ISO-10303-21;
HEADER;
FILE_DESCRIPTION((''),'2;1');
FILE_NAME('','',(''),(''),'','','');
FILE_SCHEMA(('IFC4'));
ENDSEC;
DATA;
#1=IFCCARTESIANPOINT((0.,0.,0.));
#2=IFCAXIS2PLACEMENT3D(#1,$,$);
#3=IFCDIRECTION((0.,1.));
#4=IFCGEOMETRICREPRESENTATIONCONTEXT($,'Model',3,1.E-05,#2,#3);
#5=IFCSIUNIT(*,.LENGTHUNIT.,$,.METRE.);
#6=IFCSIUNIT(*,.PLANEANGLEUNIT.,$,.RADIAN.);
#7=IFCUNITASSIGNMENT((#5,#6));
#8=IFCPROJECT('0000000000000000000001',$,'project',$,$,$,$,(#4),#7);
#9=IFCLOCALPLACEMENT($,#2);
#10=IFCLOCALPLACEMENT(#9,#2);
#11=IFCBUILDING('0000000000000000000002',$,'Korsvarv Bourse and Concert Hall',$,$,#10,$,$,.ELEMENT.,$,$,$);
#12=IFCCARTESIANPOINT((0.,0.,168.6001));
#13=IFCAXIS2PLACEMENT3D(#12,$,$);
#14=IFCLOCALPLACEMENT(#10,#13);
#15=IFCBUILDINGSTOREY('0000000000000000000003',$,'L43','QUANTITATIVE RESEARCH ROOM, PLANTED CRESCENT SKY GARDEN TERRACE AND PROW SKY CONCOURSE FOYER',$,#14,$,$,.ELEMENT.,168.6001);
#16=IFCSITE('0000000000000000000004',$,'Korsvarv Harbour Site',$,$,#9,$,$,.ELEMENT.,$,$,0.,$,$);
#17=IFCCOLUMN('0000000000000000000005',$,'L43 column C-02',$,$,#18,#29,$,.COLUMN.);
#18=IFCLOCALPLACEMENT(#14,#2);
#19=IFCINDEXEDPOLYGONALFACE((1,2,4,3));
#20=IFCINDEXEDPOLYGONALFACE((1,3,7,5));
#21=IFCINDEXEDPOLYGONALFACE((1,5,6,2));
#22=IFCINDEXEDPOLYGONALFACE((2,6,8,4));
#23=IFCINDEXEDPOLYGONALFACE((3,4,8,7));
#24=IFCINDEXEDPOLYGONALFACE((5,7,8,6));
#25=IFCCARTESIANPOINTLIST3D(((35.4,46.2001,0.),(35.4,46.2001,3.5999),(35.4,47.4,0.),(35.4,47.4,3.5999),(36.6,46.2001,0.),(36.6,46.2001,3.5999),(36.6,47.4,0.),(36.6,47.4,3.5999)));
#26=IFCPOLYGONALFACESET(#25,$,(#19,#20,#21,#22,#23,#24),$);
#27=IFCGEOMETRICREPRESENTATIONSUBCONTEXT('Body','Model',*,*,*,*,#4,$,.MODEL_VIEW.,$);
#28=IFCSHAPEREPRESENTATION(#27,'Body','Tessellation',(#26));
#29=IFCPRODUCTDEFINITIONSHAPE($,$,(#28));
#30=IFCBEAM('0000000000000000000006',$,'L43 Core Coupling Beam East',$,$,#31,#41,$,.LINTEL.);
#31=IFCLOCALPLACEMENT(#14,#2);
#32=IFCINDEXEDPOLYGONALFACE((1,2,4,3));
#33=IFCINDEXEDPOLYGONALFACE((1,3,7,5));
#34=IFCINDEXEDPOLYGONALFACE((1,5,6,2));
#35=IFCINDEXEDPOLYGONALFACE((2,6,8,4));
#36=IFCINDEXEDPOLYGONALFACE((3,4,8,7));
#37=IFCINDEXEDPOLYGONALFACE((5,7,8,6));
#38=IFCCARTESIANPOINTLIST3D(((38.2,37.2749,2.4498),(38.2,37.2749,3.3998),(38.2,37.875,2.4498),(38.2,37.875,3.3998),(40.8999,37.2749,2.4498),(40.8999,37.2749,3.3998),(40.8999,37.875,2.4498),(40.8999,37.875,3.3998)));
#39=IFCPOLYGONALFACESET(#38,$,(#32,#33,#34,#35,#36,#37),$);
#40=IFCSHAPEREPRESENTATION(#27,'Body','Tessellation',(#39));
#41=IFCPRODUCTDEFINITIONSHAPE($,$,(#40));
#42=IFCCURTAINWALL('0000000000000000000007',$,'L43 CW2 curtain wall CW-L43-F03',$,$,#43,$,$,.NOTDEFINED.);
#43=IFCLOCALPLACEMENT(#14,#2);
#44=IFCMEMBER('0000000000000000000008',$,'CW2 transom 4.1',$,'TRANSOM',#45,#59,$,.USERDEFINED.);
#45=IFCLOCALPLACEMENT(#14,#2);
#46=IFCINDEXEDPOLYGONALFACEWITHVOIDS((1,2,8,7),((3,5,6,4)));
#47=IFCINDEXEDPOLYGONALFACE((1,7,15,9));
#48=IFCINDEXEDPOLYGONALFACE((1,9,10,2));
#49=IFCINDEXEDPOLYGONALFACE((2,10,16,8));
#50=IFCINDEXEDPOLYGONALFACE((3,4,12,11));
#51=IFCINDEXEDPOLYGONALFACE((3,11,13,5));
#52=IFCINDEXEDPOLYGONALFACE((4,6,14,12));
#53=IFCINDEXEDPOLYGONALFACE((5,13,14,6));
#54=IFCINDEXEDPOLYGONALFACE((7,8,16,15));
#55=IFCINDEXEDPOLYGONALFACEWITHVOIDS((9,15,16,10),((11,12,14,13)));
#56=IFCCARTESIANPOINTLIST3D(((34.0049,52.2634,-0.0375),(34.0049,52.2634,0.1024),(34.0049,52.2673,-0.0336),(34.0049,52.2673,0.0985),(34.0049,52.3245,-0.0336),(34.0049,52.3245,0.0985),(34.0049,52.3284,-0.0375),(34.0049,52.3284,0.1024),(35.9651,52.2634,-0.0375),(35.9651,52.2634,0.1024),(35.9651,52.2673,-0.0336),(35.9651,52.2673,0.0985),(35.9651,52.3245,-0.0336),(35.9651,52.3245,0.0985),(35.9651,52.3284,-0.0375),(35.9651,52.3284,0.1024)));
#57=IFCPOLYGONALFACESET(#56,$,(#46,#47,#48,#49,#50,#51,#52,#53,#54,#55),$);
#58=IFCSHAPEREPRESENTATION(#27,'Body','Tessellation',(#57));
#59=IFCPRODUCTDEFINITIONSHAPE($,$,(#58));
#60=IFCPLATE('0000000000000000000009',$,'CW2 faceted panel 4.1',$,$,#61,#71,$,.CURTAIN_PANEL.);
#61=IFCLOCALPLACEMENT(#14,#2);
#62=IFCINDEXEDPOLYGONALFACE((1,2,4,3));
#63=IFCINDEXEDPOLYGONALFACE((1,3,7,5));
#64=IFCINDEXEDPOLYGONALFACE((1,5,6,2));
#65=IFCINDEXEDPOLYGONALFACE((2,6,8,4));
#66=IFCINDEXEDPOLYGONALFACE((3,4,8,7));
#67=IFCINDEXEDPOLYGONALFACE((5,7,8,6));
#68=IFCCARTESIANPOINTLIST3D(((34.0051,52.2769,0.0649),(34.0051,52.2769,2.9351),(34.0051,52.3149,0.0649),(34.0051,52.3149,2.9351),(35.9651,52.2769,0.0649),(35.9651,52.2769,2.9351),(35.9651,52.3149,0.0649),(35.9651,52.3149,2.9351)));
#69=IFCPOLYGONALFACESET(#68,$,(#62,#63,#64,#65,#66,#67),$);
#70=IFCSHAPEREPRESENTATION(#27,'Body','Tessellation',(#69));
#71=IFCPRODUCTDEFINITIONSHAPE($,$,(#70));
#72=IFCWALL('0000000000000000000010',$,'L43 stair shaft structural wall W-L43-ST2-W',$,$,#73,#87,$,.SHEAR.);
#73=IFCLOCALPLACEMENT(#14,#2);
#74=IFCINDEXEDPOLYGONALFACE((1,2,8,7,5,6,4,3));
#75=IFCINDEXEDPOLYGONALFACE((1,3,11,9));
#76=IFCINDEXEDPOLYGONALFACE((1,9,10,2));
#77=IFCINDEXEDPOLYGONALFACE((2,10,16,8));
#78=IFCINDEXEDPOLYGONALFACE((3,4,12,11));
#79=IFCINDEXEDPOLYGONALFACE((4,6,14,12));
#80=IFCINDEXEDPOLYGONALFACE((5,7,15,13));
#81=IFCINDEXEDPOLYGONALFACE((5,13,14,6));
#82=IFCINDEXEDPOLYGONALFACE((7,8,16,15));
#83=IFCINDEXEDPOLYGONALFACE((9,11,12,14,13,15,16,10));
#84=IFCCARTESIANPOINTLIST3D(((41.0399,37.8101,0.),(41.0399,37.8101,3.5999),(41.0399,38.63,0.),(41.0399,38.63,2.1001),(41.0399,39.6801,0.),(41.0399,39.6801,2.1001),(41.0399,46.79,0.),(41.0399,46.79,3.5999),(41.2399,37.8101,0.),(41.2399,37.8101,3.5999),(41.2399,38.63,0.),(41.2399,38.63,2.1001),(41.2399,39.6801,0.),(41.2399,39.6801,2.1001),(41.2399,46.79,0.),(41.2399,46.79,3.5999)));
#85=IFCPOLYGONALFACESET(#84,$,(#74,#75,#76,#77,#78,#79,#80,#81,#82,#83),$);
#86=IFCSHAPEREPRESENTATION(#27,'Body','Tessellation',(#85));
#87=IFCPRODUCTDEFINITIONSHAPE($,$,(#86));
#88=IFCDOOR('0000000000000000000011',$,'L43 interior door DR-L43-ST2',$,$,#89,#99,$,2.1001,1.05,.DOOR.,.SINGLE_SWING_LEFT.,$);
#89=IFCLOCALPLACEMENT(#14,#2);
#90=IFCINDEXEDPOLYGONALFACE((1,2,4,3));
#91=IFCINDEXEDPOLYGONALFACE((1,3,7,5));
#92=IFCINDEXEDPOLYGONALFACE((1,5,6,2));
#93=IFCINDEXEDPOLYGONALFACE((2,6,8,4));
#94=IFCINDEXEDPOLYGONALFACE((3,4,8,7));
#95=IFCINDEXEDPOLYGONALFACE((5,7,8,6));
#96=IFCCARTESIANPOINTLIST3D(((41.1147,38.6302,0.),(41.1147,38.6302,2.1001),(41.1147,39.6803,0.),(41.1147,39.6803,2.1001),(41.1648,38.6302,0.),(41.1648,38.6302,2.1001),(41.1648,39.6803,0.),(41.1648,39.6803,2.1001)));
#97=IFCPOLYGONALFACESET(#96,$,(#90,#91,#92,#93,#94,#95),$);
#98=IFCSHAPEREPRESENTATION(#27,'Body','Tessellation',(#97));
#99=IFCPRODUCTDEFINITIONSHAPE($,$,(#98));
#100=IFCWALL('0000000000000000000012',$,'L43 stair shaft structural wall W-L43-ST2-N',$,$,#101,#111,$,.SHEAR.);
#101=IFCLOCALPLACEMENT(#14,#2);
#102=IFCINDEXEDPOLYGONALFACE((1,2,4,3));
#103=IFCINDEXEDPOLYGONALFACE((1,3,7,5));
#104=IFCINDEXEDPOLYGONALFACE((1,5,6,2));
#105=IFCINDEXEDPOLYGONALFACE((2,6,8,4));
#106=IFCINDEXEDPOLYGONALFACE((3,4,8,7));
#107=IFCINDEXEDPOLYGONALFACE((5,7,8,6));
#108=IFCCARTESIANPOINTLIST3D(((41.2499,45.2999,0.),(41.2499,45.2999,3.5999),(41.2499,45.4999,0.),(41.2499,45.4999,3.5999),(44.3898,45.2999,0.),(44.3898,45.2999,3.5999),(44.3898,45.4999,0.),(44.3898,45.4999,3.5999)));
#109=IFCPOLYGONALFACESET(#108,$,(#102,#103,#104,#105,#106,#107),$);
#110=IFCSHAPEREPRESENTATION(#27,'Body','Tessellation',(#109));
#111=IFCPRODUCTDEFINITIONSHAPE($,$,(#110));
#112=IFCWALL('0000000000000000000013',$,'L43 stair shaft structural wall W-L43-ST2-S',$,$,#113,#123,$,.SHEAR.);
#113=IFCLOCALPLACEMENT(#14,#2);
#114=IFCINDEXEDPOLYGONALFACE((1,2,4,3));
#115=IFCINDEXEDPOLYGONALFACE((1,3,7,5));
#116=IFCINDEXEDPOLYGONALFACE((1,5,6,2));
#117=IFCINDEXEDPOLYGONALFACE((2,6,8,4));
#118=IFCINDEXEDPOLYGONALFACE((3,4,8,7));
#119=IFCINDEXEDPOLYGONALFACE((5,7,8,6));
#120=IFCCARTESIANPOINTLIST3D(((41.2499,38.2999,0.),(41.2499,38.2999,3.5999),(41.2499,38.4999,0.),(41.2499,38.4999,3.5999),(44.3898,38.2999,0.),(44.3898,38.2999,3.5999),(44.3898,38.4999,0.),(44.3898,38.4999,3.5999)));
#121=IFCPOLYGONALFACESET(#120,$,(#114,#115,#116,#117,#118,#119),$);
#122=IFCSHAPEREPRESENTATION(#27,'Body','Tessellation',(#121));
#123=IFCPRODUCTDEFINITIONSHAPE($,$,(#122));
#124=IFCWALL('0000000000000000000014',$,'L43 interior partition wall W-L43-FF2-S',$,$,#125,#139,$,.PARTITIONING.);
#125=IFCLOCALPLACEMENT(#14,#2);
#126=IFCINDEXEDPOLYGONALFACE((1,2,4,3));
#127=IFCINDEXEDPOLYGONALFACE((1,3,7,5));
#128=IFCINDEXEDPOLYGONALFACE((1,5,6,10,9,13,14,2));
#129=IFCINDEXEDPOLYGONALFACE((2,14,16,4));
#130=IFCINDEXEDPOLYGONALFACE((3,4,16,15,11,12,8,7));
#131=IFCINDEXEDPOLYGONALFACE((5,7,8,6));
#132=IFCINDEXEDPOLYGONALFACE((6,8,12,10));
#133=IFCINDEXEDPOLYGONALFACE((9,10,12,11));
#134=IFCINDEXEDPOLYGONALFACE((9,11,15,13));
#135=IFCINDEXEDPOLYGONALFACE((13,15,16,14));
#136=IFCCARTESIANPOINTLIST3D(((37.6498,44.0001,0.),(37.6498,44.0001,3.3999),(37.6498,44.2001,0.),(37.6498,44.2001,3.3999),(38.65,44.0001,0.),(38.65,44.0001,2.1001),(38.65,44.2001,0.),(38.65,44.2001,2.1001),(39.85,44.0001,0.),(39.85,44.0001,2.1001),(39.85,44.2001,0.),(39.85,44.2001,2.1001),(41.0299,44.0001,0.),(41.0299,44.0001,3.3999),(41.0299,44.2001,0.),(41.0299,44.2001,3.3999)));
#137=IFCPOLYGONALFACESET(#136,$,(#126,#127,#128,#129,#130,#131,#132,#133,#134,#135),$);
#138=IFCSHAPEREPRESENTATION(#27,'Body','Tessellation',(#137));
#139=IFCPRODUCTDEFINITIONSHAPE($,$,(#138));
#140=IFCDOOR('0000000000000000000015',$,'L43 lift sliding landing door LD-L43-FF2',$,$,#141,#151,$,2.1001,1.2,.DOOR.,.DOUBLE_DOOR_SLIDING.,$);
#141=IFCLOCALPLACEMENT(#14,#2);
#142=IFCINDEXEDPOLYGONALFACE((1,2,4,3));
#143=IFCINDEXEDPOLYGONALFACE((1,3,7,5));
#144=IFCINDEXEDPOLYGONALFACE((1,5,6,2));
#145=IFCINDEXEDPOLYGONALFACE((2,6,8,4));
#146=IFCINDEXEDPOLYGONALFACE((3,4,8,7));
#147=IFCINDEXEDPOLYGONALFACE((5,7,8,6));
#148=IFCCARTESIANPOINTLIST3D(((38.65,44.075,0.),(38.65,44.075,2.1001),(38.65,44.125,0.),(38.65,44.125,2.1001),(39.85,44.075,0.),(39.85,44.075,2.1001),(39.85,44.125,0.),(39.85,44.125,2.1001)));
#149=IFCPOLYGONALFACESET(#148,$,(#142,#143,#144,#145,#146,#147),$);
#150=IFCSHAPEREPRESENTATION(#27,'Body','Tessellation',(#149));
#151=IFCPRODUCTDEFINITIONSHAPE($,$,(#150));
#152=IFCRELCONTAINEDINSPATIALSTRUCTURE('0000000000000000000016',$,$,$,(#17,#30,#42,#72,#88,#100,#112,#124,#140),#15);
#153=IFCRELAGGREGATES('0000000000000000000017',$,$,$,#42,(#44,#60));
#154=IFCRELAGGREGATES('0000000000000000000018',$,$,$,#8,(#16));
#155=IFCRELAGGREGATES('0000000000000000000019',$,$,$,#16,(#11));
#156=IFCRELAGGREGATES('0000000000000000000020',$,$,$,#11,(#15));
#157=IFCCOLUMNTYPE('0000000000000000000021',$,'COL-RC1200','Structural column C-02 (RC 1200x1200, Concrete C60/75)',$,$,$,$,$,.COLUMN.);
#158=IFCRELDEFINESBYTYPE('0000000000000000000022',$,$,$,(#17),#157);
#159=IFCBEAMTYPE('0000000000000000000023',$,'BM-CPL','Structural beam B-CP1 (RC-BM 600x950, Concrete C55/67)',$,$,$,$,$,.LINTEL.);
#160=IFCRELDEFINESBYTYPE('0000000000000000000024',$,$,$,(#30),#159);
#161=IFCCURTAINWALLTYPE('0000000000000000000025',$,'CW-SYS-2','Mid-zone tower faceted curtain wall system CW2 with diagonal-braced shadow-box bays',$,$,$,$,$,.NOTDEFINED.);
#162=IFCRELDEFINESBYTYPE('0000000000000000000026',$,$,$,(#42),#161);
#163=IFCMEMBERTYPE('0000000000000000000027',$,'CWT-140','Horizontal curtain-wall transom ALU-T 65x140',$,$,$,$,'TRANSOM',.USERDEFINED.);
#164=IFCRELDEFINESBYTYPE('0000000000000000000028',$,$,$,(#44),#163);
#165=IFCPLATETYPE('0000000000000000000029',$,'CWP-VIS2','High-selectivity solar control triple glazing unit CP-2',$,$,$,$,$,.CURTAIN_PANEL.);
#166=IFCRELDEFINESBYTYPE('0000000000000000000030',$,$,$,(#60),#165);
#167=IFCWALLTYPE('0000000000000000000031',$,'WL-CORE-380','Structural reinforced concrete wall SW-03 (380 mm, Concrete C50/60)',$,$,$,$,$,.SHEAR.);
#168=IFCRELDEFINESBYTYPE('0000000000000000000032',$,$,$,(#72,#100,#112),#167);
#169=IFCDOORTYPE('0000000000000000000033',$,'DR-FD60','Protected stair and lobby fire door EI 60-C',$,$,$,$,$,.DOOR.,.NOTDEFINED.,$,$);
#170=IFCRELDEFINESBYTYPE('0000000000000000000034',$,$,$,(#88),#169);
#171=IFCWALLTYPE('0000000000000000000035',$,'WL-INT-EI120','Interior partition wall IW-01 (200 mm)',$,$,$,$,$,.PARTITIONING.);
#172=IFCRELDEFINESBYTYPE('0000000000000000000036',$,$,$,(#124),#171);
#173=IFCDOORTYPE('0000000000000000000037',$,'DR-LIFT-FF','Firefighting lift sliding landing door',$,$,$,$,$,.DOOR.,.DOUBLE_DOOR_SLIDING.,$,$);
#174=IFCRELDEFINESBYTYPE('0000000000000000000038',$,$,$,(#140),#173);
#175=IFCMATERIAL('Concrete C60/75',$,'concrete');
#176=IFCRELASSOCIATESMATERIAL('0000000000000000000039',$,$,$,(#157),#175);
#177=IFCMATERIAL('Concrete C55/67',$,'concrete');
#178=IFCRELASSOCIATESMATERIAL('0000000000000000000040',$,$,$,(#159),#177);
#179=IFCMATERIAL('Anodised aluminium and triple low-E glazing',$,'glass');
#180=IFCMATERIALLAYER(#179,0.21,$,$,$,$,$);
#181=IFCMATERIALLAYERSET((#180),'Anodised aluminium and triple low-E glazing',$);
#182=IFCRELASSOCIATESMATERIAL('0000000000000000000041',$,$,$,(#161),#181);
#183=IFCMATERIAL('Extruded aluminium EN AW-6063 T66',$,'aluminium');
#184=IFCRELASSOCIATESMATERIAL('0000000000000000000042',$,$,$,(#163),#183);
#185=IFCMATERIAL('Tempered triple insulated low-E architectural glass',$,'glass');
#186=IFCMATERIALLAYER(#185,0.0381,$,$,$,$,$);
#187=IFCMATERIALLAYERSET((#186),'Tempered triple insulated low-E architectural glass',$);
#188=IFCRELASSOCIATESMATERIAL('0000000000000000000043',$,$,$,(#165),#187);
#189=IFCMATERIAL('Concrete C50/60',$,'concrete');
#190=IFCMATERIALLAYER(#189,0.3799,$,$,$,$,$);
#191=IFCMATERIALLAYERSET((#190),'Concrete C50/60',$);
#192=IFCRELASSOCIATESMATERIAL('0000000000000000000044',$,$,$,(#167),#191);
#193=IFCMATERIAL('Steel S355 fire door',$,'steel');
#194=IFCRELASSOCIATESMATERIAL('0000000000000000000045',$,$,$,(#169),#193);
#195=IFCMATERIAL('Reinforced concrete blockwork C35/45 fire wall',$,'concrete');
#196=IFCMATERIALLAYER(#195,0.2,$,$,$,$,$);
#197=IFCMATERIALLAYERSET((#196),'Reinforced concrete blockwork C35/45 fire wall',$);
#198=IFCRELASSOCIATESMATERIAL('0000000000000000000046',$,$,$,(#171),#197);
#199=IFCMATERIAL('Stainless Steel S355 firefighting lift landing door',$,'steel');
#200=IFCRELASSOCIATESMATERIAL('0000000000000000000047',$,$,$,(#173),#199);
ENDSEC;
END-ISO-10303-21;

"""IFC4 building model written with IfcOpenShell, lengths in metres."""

from ifc_helpers import new_model, si_unit, direction, frame, frame_2d, origin, origin_2d, place, context, subcontext, project, spatial, rectangle, hollow_rectangle, extrude, source, transform, mapped, material, layer, layer_set, material_profile, profile_set, type_object, element, fill, aggregate, save


model = new_model("IFC4")

# Units and contexts
model_context = context("Model", 3, precision=1e-05, world=origin(), true_north=direction((0.0, 1.0)))
body_context = subcontext(model_context, "Body", "Model", "MODEL_VIEW")
ifc_project = project(units=[si_unit("LENGTHUNIT", "METRE"), si_unit("PLANEANGLEUNIT", "RADIAN")], contexts=[model_context])

# Site, building, storey
site_placement = place(None, origin())
site = spatial("IfcSite", under=ifc_project, at=site_placement, Name="Korsvarv Harbour Site", CompositionType="ELEMENT", RefElevation=0.0)
building_placement = place(site_placement, origin())
building = spatial("IfcBuilding", under=site, at=building_placement, Name="Korsvarv Bourse and Concert Hall", CompositionType="ELEMENT")
storey_placement = place(building_placement, frame((0.0, 0.0, 168.6001)))
storey = spatial("IfcBuildingStorey", under=building, at=storey_placement, Name="L43", Description="QUANTITATIVE RESEARCH ROOM, PLANTED CRESCENT SKY GARDEN TERRACE AND PROW SKY CONCOURSE FOYER", CompositionType="ELEMENT", Elevation=168.6001)

# Column
ifc_material_1 = material(Name="Concrete C60/75", Category="concrete")
ifc_material_profile_1 = material_profile(ifc_material_1, rectangle(XDim=1.2, YDim=1.2, at=origin_2d()), Name="RC 1200x1200")
ifc_profile_set_1 = profile_set([ifc_material_profile_1], Name="Concrete C60/75")
column_type = type_object("IfcColumnType", Name="COL-RC1200", Description="Structural column C-02 (RC 1200x1200, Concrete C60/75)", PredefinedType="COLUMN", material=ifc_profile_set_1)
shared_shape_1 = source(origin(), body_context, "Body", "SweptSolid", [
    extrude(rectangle(XDim=1.2, YDim=1.2, at=origin_2d()), origin(), (0.0, 0.0, 1.0), 3.5999),
])
column_placement = place(storey_placement, frame((36.0, 46.8, 0.0), z_axis=(0.0, 0.0, 1.0), x_axis=(1.0, 0.0, 0.0)))
element("IfcColumn", 1, at=column_placement, inside=storey, type_object=column_type, Name="L43 column C-02", PredefinedType="COLUMN", context=body_context, shape_type="MappedRepresentation", body=[
    mapped(shared_shape_1, transform((0.0, 0.0, 0.0), scale=1.0)),
])

# Beam
ifc_material_2 = material(Name="Concrete C55/67", Category="concrete")
ifc_material_profile_2 = material_profile(ifc_material_2, rectangle(XDim=0.6001, YDim=0.95, at=origin_2d()), Name="RC-BM 600x950")
ifc_profile_set_2 = profile_set([ifc_material_profile_2], Name="Concrete C55/67")
beam_type = type_object("IfcBeamType", Name="BM-CPL", Description="Structural beam B-CP1 (RC-BM 600x950, Concrete C55/67)", PredefinedType="LINTEL", material=ifc_profile_set_2)
shared_shape_2 = source(origin(), body_context, "Body", "SweptSolid", [
    extrude(rectangle(XDim=0.6001, YDim=0.95, at=origin_2d()), origin(), (0.0, 0.0, 1.0), 2.7),
])
beam_placement = place(storey_placement, frame((38.2, 37.575, 2.9248), z_axis=(1.0, 0.0, 0.0), x_axis=(0.0, 1.0, 0.0)))
element("IfcBeam", 2, at=beam_placement, inside=storey, type_object=beam_type, Name="L43 Core Coupling Beam East", PredefinedType="LINTEL", context=body_context, shape_type="MappedRepresentation", body=[
    mapped(shared_shape_2, transform((0.0, 0.0, 0.0), scale=1.0)),
])

# Curtain wall, member, plate
ifc_material_3 = material(Name="Anodised aluminium and triple low-E glazing", Category="glass")
ifc_layer_1 = layer(ifc_material_3, 0.21)
ifc_layer_set_1 = layer_set([ifc_layer_1], Name="Anodised aluminium and triple low-E glazing")
curtain_wall_type = type_object("IfcCurtainWallType", Name="CW-SYS-2", Description="Mid-zone tower faceted curtain wall system CW2 with diagonal-braced shadow-box bays", PredefinedType="NOTDEFINED", material=ifc_layer_set_1)
curtain_wall_placement = place(storey_placement, origin())
curtain_wall = element("IfcCurtainWall", 3, at=curtain_wall_placement, inside=storey, type_object=curtain_wall_type, Name="L43 CW2 curtain wall CW-L43-F03", PredefinedType="NOTDEFINED")
ifc_material_4 = material(Name="Extruded aluminium EN AW-6063 T66", Category="aluminium")
ifc_material_profile_3 = material_profile(ifc_material_4, hollow_rectangle(XDim=0.0649, YDim=0.1399, WallThickness=0.0039, at=origin_2d()), Name="ALU-T 65x140")
ifc_profile_set_3 = profile_set([ifc_material_profile_3], Name="Extruded aluminium EN AW-6063 T66")
member_type = type_object("IfcMemberType", Name="CWT-140", Description="Horizontal curtain-wall transom ALU-T 65x140", ElementType="TRANSOM", PredefinedType="USERDEFINED", material=ifc_profile_set_3)
shared_shape_3 = source(origin(), body_context, "Body", "SweptSolid", [
    extrude(hollow_rectangle(XDim=0.0649, YDim=0.1399, WallThickness=0.0039, at=origin_2d()), origin(), (0.0, 0.0, 1.0), 1.9602),
])
member_placement = place(storey_placement, frame((35.9651, 52.2959, 0.0325), z_axis=(-1.0, 0.0, 0.0), x_axis=(0.0, -1.0, 0.0)))
member = element("IfcMember", 4, at=member_placement, type_object=member_type, Name="CW2 transom 4.1", ObjectType="TRANSOM", PredefinedType="USERDEFINED", context=body_context, shape_type="MappedRepresentation", body=[
    mapped(shared_shape_3, transform((0.0, 0.0, 0.0), scale=1.0)),
])
ifc_material_5 = material(Name="Tempered triple insulated low-E architectural glass", Category="glass")
ifc_layer_2 = layer(ifc_material_5, 0.0381)
ifc_layer_set_2 = layer_set([ifc_layer_2], Name="Tempered triple insulated low-E architectural glass")
plate_type = type_object("IfcPlateType", Name="CWP-VIS2", Description="High-selectivity solar control triple glazing unit CP-2", PredefinedType="CURTAIN_PANEL", material=ifc_layer_set_2)
shared_shape_4 = source(origin(), body_context, "Body", "SweptSolid", [
    extrude(rectangle(XDim=1.96, YDim=0.0381, at=origin_2d()), origin(), (0.0, 0.0, 1.0), 2.8701),
])
plate_placement = place(storey_placement, frame((34.9851, 52.2959, 0.0649), z_axis=(0.0, 0.0, 1.0), x_axis=(-1.0, 0.0, 0.0)))
plate = element("IfcPlate", 5, at=plate_placement, type_object=plate_type, Name="CW2 faceted panel 4.1", PredefinedType="CURTAIN_PANEL", context=body_context, shape_type="MappedRepresentation", body=[
    mapped(shared_shape_4, transform((0.0, 0.0, 0.0), scale=1.0)),
])
aggregate(curtain_wall, [member, plate])

# Wall, opening, door
ifc_material_6 = material(Name="Concrete C50/60", Category="concrete")
ifc_layer_3 = layer(ifc_material_6, 0.3799)
ifc_layer_set_3 = layer_set([ifc_layer_3], Name="Concrete C50/60")
wall_type_1 = type_object("IfcWallType", Name="WL-CORE-380", Description="Structural reinforced concrete wall SW-03 (380 mm, Concrete C50/60)", PredefinedType="SHEAR", material=ifc_layer_set_3)
wall_1_placement = place(storey_placement, frame((41.1399, 37.8101, 0.0), z_axis=(0.0, 0.0, 1.0), x_axis=(0.0, 1.0, 0.0)))
wall_1 = element("IfcWall", 6, at=wall_1_placement, inside=storey, type_object=wall_type_1, Name="L43 stair shaft structural wall W-L43-ST2-W", PredefinedType="SHEAR", context=body_context, shape_type="SweptSolid", body=[
    extrude(rectangle(XDim=8.98, YDim=0.2, at=frame_2d((4.49, 0.0))), origin(), (0.0, 0.0, 1.0), 3.5999),
])
opening_1_placement = place(wall_1_placement, frame((0.8201, 0.0, 0.0)))
opening_1 = element("IfcOpeningElement", 7, at=opening_1_placement, cuts=wall_1, PredefinedType="OPENING", context=body_context, shape_type="SweptSolid", body=[
    extrude(rectangle(XDim=1.05, YDim=2.1001, at=frame_2d((0.5249, 1.05))), frame((0.0, 0.1099, 0.0), z_axis=(0.0, -1.0, 0.0), x_axis=(1.0, 0.0, 0.0)), (0.0, 0.0, 1.0), 0.22),
])
ifc_material_7 = material(Name="Steel S355 fire door", Category="steel")
door_type_1 = type_object("IfcDoorType", Name="DR-FD60", Description="Protected stair and lobby fire door EI 60-C", OperationType="NOTDEFINED", PredefinedType="DOOR", material=ifc_material_7)
door_1_placement = place(opening_1_placement, frame((1.05, 0.0, 0.0), z_axis=(0.0, 0.0, 1.0), x_axis=(-1.0, 0.0, 0.0)))
door_1 = element("IfcDoor", 8, at=door_1_placement, inside=storey, type_object=door_type_1, Name="L43 interior door DR-L43-ST2", OperationType="SINGLE_SWING_LEFT", OverallHeight=2.1001, OverallWidth=1.05, PredefinedType="DOOR", context=body_context, shape_type="SweptSolid", body=[
    extrude(rectangle(XDim=1.05, YDim=2.1001, at=frame_2d((0.5249, 1.05))), frame((0.0, 0.0249, 0.0), z_axis=(0.0, -1.0, 0.0), x_axis=(1.0, 0.0, 0.0)), (0.0, 0.0, 1.0), 0.05),
])
fill(opening_1, door_1)

# Walls
for number, where, z_axis, x_axis, name in (
    (9, (41.25, 45.3999, 0.0), (0.0, 0.0, 1.0), (1.0, 0.0, 0.0), "L43 stair shaft structural wall W-L43-ST2-N"),
    (10, (41.25, 38.3999, 0.0), (0.0, 0.0, 1.0), (1.0, 0.0, 0.0), "L43 stair shaft structural wall W-L43-ST2-S"),
):
    element("IfcWall", number, at=place(storey_placement, frame(where, z_axis=z_axis, x_axis=x_axis)), inside=storey, type_object=wall_type_1, Name=name, PredefinedType="SHEAR", context=body_context, shape_type="SweptSolid", body=[
        extrude(rectangle(XDim=3.1399, YDim=0.2, at=frame_2d((1.5698, 0.0))), origin(), (0.0, 0.0, 1.0), 3.5999),
    ])

# Wall, opening, door
ifc_material_8 = material(Name="Reinforced concrete blockwork C35/45 fire wall", Category="concrete")
ifc_layer_4 = layer(ifc_material_8, 0.2)
ifc_layer_set_4 = layer_set([ifc_layer_4], Name="Reinforced concrete blockwork C35/45 fire wall")
wall_type_2 = type_object("IfcWallType", Name="WL-INT-EI120", Description="Interior partition wall IW-01 (200 mm)", PredefinedType="PARTITIONING", material=ifc_layer_set_4)
wall_2_placement = place(storey_placement, frame((37.6499, 44.1001, 0.0), z_axis=(0.0, 0.0, 1.0), x_axis=(1.0, 0.0, 0.0)))
wall_2 = element("IfcWall", 11, at=wall_2_placement, inside=storey, type_object=wall_type_2, Name="L43 interior partition wall W-L43-FF2-S", PredefinedType="PARTITIONING", context=body_context, shape_type="SweptSolid", body=[
    extrude(rectangle(XDim=3.3801, YDim=0.2, at=frame_2d((1.6899, 0.0))), origin(), (0.0, 0.0, 1.0), 3.3999),
])
opening_2_placement = place(wall_2_placement, frame((1.0, 0.0, 0.0)))
opening_2 = element("IfcOpeningElement", 12, at=opening_2_placement, cuts=wall_2, PredefinedType="OPENING", context=body_context, shape_type="SweptSolid", body=[
    extrude(rectangle(XDim=1.2, YDim=2.1001, at=frame_2d((0.6001, 1.05))), frame((0.0, 0.1099, 0.0), z_axis=(0.0, -1.0, 0.0), x_axis=(1.0, 0.0, 0.0)), (0.0, 0.0, 1.0), 0.22),
])
ifc_material_9 = material(Name="Stainless Steel S355 firefighting lift landing door", Category="steel")
door_type_2 = type_object("IfcDoorType", Name="DR-LIFT-FF", Description="Firefighting lift sliding landing door", OperationType="DOUBLE_DOOR_SLIDING", PredefinedType="DOOR", material=ifc_material_9)
door_2_placement = place(opening_2_placement, origin())
door_2 = element("IfcDoor", 13, at=door_2_placement, inside=storey, type_object=door_type_2, Name="L43 lift sliding landing door LD-L43-FF2", OperationType="DOUBLE_DOOR_SLIDING", OverallHeight=2.1001, OverallWidth=1.2, PredefinedType="DOOR", context=body_context, shape_type="SweptSolid", body=[
    extrude(rectangle(XDim=1.2, YDim=2.1001, at=frame_2d((0.6001, 1.05))), frame((0.0, 0.0249, 0.0), z_axis=(0.0, -1.0, 0.0), x_axis=(1.0, 0.0, 0.0)), (0.0, 0.0, 1.0), 0.05),
])
fill(opening_2, door_2)

save(model, "model.ifc")
